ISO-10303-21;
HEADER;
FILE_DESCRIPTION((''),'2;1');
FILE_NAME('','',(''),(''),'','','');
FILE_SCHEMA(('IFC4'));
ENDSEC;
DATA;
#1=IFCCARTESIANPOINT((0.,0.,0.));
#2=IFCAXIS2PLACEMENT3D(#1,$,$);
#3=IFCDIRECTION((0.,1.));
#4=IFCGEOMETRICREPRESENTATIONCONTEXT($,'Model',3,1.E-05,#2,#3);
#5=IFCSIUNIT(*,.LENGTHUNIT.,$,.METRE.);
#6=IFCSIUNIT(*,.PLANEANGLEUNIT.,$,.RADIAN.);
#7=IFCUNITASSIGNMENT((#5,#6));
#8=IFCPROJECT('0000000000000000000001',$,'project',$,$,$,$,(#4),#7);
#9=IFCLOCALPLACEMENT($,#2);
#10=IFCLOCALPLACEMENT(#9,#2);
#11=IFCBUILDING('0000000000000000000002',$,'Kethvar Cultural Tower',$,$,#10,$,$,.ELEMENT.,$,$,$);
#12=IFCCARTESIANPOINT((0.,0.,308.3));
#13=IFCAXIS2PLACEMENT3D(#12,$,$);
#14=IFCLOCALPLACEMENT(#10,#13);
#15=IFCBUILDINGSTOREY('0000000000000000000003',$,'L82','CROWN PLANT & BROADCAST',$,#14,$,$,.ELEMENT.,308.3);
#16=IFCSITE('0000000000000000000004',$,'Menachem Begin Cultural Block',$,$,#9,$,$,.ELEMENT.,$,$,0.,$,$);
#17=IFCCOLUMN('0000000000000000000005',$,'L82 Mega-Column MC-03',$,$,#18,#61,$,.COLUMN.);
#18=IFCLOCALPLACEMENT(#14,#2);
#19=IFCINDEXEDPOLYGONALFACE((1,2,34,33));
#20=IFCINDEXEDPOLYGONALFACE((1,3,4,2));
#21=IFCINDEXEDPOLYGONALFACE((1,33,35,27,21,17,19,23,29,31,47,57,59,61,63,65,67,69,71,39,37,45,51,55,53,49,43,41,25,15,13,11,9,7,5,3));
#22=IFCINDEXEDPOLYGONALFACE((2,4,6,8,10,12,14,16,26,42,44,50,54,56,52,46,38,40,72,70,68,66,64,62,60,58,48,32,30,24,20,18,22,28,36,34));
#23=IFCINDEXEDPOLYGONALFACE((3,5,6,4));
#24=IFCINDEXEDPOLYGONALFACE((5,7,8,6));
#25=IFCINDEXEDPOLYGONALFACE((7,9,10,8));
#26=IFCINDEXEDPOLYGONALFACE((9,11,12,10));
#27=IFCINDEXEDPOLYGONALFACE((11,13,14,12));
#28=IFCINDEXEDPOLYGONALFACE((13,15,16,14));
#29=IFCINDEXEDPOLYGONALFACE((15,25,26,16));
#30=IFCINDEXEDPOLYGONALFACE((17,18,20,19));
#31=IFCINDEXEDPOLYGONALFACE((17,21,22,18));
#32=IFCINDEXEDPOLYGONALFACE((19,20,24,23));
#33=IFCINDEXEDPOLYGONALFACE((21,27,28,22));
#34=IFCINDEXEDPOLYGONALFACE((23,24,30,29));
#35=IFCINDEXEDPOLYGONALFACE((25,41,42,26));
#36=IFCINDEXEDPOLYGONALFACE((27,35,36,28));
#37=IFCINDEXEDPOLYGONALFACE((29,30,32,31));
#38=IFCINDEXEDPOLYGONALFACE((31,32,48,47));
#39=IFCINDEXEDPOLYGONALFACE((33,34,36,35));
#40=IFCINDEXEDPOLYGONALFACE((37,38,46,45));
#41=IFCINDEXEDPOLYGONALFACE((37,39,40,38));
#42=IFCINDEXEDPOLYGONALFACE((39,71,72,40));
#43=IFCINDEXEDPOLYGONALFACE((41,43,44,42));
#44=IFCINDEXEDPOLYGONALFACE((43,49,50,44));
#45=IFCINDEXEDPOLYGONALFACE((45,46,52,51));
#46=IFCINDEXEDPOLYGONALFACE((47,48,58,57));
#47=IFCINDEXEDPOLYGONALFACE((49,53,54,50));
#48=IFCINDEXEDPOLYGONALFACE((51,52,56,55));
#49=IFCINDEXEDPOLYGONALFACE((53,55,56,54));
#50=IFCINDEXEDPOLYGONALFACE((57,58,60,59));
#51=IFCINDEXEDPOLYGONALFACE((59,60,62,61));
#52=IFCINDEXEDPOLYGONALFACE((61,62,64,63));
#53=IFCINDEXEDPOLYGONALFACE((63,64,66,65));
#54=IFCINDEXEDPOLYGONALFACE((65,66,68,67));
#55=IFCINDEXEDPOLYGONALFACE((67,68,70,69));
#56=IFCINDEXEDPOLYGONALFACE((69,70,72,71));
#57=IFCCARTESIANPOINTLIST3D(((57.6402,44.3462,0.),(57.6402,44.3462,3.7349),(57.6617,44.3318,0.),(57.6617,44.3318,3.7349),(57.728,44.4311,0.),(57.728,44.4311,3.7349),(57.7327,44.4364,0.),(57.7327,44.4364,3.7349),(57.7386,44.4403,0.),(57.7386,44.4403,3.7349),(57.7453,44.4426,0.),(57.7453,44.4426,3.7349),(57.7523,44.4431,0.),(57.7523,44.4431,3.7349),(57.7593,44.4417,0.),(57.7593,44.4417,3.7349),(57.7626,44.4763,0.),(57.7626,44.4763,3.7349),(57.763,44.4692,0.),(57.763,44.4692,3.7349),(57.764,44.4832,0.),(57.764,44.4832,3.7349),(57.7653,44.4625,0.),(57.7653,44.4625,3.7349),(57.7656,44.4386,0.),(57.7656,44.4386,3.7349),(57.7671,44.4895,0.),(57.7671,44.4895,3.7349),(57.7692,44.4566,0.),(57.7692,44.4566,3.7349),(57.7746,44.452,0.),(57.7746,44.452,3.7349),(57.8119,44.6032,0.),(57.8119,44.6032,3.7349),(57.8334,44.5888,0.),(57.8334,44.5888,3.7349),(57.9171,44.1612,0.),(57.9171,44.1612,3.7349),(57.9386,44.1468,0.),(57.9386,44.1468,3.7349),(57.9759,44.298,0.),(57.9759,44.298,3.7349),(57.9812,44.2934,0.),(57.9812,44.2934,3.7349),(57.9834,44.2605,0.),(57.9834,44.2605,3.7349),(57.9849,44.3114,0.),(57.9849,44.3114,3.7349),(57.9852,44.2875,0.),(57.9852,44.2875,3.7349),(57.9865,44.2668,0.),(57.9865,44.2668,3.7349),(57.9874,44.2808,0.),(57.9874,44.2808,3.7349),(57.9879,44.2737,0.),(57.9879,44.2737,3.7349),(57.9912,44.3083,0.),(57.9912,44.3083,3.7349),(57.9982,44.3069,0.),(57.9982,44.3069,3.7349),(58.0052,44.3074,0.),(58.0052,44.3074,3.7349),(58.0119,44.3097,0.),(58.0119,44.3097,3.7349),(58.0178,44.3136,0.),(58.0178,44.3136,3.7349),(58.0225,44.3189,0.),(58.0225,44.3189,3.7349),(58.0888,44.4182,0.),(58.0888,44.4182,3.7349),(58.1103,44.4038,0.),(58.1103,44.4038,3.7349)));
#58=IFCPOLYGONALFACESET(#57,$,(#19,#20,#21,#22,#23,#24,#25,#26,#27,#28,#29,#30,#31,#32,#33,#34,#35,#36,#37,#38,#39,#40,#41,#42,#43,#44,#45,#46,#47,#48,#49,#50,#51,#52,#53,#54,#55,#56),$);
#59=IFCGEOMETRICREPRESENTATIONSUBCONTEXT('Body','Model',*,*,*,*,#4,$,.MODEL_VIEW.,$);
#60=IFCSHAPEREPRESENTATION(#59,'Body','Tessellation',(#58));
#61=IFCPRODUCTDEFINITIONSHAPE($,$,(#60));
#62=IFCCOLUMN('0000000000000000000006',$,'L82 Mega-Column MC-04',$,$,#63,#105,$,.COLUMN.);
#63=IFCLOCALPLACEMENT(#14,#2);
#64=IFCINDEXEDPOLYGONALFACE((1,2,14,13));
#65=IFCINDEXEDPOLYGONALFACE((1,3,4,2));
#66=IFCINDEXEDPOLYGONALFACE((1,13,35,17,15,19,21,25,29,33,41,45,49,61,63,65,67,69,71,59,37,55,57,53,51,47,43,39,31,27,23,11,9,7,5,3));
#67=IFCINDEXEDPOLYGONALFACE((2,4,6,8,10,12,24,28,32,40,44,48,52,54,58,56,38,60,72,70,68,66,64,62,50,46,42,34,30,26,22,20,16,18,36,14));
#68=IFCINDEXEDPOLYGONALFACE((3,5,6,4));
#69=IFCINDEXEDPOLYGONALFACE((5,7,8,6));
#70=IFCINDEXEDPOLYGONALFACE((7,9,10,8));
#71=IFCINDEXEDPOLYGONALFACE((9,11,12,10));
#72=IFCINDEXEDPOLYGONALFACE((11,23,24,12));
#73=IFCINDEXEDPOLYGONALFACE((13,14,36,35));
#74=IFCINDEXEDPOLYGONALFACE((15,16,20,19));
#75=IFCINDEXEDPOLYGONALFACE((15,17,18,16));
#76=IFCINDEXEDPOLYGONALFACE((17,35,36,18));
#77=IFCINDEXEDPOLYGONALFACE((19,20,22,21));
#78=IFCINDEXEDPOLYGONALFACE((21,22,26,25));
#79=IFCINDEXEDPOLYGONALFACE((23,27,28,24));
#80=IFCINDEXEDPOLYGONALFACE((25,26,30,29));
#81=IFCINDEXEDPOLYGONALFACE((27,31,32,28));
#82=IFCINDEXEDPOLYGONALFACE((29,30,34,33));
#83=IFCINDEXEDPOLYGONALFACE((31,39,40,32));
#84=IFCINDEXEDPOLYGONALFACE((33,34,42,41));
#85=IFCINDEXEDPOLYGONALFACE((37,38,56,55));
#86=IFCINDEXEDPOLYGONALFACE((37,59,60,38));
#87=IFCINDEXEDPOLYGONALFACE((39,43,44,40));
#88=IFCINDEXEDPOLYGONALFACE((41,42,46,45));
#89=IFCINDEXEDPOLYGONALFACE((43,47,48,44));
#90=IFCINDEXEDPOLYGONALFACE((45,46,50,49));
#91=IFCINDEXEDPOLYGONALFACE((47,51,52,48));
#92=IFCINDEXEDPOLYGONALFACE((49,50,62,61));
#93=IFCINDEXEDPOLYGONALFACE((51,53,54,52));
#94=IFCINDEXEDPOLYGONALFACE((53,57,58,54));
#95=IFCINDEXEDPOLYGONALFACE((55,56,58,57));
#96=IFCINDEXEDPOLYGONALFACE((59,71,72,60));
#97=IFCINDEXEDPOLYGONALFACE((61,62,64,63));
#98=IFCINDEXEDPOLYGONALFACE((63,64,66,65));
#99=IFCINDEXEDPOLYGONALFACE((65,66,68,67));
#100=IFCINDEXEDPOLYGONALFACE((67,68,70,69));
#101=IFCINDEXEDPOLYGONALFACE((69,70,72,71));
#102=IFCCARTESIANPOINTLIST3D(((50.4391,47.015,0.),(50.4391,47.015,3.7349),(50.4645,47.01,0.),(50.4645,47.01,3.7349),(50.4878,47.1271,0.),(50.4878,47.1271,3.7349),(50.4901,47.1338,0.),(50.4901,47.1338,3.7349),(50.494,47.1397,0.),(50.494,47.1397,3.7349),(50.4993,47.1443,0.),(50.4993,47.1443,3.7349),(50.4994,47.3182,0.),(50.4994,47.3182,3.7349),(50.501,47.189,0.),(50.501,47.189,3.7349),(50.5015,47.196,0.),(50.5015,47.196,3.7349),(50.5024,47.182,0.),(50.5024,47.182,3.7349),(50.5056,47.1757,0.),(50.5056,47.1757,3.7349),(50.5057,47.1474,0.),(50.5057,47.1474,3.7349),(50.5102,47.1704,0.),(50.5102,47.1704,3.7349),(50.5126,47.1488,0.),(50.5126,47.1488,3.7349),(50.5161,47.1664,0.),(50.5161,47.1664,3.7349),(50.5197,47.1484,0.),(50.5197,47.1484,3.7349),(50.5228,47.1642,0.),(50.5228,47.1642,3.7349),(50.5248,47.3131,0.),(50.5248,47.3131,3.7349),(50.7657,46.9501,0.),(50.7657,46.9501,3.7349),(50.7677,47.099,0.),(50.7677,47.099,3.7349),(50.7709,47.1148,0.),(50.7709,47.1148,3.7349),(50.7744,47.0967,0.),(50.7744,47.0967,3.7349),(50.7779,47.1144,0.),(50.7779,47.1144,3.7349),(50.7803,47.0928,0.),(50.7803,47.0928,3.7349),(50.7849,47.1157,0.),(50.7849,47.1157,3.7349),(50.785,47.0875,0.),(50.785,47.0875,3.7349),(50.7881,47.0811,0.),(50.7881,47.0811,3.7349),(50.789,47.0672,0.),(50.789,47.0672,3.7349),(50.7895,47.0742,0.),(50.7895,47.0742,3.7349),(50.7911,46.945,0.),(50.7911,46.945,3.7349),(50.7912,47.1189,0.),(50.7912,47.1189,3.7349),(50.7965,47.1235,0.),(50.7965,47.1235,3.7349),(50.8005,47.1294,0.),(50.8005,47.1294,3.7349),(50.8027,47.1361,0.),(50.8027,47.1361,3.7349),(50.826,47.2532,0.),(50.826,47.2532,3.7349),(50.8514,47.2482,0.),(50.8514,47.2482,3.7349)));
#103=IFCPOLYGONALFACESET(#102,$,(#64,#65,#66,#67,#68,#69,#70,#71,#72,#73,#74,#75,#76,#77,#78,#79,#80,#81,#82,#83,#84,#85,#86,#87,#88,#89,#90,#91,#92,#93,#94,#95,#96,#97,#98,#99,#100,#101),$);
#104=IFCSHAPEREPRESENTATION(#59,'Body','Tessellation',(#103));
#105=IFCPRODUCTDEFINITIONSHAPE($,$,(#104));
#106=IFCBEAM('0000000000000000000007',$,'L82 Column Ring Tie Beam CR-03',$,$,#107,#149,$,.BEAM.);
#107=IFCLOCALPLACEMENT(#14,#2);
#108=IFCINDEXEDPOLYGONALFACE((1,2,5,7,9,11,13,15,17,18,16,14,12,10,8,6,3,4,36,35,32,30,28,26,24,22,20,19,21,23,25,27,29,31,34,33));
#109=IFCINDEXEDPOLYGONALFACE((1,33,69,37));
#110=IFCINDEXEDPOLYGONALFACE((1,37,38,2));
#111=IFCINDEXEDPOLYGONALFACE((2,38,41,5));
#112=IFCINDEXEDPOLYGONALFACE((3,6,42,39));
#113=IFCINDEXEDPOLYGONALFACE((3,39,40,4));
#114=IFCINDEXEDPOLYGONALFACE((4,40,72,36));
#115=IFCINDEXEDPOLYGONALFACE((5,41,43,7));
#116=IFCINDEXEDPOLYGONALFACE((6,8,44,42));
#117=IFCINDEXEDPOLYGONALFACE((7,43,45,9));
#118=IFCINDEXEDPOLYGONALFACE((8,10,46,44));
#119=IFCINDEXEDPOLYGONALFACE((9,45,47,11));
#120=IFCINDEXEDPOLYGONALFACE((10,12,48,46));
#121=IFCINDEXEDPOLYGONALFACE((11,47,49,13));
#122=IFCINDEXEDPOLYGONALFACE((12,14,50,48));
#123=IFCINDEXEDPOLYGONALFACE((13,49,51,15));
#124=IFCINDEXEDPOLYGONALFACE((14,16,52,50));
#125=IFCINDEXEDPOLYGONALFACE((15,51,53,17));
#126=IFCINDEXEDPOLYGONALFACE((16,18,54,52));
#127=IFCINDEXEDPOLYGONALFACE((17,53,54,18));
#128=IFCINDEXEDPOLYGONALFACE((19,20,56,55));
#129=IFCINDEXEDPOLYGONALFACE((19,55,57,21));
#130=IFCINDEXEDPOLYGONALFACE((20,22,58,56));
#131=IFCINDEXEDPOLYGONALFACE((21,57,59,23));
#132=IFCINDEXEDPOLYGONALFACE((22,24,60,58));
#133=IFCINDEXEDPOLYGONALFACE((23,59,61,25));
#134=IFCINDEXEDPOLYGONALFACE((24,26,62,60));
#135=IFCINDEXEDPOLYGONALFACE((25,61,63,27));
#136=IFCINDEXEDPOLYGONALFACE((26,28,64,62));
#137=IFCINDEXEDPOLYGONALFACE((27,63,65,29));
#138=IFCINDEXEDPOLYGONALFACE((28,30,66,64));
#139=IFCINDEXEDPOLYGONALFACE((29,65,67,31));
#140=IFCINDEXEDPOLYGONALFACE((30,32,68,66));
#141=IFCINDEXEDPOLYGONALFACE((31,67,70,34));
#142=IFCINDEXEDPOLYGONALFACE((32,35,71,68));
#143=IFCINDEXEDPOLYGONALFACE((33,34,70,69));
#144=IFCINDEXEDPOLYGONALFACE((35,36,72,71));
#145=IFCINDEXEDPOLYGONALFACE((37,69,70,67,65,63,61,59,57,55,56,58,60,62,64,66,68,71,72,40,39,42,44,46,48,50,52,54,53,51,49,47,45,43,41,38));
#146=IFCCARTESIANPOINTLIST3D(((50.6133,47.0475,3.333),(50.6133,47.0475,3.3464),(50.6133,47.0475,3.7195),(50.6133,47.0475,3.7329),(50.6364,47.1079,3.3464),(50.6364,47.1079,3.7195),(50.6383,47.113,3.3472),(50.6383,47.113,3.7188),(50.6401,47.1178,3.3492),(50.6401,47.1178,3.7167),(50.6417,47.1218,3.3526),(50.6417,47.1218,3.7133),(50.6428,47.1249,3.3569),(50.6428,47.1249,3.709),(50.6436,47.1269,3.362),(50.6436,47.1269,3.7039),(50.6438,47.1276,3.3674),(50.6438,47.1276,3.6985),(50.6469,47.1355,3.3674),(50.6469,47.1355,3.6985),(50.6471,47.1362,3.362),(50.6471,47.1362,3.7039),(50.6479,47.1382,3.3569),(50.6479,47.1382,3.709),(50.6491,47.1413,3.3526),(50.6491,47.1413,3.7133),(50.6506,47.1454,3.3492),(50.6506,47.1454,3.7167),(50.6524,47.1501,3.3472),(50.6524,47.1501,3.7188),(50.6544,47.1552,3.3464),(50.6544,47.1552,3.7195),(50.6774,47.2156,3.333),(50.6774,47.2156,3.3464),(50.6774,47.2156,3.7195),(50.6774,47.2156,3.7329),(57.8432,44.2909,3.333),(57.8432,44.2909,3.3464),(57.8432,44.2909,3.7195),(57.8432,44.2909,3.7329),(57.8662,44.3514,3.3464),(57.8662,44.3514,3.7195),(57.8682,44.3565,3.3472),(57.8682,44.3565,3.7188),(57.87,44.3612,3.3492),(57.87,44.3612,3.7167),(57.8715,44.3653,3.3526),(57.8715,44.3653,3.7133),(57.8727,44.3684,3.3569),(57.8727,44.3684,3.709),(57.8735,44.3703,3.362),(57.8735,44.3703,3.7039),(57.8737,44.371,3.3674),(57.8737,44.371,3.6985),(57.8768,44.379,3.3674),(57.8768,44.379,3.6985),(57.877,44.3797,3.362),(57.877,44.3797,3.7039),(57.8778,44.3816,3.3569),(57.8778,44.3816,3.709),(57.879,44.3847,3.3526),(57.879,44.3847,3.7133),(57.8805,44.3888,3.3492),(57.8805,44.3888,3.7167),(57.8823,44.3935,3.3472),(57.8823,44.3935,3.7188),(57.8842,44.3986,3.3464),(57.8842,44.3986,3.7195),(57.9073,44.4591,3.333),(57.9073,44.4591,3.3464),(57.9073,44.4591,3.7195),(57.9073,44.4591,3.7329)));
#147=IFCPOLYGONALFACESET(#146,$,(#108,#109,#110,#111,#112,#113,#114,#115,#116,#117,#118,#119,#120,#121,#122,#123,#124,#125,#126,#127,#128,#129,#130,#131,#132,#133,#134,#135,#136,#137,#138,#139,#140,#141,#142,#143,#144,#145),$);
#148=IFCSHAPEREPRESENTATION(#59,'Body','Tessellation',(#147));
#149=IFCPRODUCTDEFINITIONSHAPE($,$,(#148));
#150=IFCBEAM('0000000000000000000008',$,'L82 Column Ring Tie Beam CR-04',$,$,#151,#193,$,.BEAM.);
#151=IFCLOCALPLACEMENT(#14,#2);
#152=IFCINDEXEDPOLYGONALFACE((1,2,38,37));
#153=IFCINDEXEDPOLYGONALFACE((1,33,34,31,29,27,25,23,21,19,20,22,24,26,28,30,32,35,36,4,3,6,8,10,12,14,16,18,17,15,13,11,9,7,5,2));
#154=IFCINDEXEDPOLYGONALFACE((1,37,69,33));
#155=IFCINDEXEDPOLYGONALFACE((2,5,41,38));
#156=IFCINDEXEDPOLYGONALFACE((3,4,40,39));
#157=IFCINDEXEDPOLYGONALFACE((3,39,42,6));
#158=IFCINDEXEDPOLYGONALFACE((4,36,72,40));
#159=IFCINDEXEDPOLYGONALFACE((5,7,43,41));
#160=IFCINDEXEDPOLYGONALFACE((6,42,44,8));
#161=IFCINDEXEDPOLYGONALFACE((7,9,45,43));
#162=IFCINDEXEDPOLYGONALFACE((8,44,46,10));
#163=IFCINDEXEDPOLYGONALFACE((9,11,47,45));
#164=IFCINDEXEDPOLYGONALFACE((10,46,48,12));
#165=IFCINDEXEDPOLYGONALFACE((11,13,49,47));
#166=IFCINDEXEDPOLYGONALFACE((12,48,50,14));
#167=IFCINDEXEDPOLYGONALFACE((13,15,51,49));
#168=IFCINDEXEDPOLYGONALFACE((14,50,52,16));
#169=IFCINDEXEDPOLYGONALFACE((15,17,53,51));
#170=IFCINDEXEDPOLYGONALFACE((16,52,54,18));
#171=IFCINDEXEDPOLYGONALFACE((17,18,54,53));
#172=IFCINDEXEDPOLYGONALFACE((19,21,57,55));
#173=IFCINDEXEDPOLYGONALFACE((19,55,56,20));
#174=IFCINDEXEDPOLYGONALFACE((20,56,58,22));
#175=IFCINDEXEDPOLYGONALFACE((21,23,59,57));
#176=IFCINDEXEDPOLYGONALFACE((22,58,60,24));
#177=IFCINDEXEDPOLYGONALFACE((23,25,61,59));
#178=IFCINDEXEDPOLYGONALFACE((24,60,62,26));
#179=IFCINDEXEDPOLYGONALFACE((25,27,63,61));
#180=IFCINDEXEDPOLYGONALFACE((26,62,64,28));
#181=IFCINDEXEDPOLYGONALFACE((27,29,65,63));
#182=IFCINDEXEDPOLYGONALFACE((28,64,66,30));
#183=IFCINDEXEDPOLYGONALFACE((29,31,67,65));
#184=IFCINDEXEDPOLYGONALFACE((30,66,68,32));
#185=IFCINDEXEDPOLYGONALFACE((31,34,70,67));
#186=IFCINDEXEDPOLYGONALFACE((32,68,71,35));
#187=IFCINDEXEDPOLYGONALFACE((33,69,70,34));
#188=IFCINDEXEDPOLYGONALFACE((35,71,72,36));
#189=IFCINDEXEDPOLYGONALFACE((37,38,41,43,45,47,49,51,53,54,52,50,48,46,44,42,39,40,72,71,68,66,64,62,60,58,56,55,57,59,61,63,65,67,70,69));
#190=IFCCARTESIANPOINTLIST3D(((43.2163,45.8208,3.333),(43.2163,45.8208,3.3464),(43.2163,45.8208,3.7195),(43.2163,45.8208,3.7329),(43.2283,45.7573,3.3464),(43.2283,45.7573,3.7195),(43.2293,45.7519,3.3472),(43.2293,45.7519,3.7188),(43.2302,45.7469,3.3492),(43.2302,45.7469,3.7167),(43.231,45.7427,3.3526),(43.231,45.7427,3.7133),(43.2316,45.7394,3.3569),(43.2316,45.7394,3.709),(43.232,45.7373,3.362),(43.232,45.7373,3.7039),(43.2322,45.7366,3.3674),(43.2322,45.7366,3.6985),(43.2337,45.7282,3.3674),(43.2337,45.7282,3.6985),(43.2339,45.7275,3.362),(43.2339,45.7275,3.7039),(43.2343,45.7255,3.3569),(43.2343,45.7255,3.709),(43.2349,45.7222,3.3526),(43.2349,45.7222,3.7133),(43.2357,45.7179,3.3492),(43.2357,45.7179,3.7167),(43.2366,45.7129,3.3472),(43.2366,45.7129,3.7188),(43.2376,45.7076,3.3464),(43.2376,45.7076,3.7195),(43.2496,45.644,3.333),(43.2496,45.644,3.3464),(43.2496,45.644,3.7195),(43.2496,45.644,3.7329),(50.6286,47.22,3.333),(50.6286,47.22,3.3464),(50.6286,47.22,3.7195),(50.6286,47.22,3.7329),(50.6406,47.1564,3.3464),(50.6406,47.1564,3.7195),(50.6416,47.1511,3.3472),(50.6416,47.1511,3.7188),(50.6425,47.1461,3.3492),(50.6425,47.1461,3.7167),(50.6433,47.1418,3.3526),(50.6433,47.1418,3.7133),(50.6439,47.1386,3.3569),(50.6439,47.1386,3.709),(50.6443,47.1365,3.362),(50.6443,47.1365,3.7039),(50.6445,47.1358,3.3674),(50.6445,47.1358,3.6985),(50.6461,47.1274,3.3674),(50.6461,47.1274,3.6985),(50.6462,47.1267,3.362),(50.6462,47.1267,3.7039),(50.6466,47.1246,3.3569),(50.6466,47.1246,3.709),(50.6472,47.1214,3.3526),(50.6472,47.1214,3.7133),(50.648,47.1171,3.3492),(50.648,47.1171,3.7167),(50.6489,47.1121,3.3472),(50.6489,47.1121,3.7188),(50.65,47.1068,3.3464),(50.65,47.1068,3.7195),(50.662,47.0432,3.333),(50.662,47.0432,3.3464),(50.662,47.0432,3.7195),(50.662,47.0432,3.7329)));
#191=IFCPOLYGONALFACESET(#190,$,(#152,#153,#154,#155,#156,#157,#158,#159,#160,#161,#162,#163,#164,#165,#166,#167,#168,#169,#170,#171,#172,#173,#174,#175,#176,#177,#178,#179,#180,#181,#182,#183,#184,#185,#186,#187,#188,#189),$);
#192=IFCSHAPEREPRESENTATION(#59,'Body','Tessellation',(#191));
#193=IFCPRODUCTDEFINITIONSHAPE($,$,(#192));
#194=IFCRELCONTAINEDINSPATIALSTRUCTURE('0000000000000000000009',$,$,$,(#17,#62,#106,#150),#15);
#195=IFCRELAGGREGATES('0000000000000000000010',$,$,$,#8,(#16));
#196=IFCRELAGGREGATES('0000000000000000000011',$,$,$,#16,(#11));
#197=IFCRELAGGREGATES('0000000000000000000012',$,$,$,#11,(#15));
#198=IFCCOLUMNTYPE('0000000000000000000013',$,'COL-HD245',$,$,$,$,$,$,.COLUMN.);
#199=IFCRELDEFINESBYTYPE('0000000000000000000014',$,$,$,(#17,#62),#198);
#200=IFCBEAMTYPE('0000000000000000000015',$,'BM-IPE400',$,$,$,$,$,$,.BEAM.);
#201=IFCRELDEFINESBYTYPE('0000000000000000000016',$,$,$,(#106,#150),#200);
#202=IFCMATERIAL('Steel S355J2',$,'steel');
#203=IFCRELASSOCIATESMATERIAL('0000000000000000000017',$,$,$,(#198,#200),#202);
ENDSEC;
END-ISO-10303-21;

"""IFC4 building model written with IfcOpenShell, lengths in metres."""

from ifc_helpers import new_model, si_unit, direction, frame, origin, origin_2d, place, context, subcontext, project, spatial, i_section, extrude, source, transform, mapped, material, material_profile, profile_set, type_object, element, save


model = new_model("IFC4")

# Units and contexts
model_context = context("Model", 3, precision=1e-05, world=origin(), true_north=direction((0.0, 1.0)))
body_context = subcontext(model_context, "Body", "Model", "MODEL_VIEW")
ifc_project = project(units=[si_unit("LENGTHUNIT", "METRE"), si_unit("PLANEANGLEUNIT", "RADIAN")], contexts=[model_context])

# Site, building, storey
site_placement = place(None, origin())
site = spatial("IfcSite", under=ifc_project, at=site_placement, Name="Menachem Begin Cultural Block", CompositionType="ELEMENT", RefElevation=0.0)
building_placement = place(site_placement, origin())
building = spatial("IfcBuilding", under=site, at=building_placement, Name="Kethvar Cultural Tower", CompositionType="ELEMENT")
storey_placement = place(building_placement, frame((0.0, 0.0, 308.3)))
storey = spatial("IfcBuildingStorey", under=building, at=storey_placement, Name="L82", Description="CROWN PLANT & BROADCAST", CompositionType="ELEMENT", Elevation=308.3)

# Columns
ifc_material_1 = material(Name="Steel S355J2", Category="steel")
ifc_material_profile_1 = material_profile(ifc_material_1, i_section(OverallWidth=0.3091, OverallDepth=0.3589, WebThickness=0.0161, FlangeThickness=0.0259, FilletRadius=0.0271, at=origin_2d()), Name="Steel S355J2 — HD320x245")
ifc_profile_set_1 = profile_set([ifc_material_profile_1], Name="Steel S355J2 — HD320x245")
column_type = type_object("IfcColumnType", Name="COL-HD245", PredefinedType="COLUMN", material=ifc_profile_set_1)
shared_shape_1 = source(origin(), body_context, "Body", "SweptSolid", [
    extrude(i_section(OverallWidth=0.3091, OverallDepth=0.3589, WebThickness=0.0161, FlangeThickness=0.0259, FilletRadius=0.0271, at=origin_2d()), origin(), (0.0, 0.0, 1.0), 3.7349),
])
for number, where, z_axis, x_axis, name in (
    (1, (57.8752, 44.375, 0.0), (0.0, 0.0, 1.0), (0.55557, 0.83147, 0.0), "L82 Mega-Column MC-03"),
    (2, (50.6453, 47.1316, 0.0), (0.0, 0.0, 1.0), (0.19509, 0.980785, 0.0), "L82 Mega-Column MC-04"),
):
    element("IfcColumn", number, at=place(storey_placement, frame(where, z_axis=z_axis, x_axis=x_axis)), inside=storey, type_object=column_type, Name=name, PredefinedType="COLUMN", context=body_context, shape_type="MappedRepresentation", body=[
        mapped(shared_shape_1, transform((0.0, 0.0, 0.0), scale=1.0)),
    ])

# Beams
ifc_material_profile_2 = material_profile(ifc_material_1, i_section(OverallWidth=0.1799, OverallDepth=0.3999, WebThickness=0.0085, FlangeThickness=0.0134, FilletRadius=0.021, at=origin_2d()), Name="Steel S355J2 — IPE400")
ifc_profile_set_2 = profile_set([ifc_material_profile_2], Name="Steel S355J2 — IPE400")
beam_type_1 = type_object("IfcBeamType", Name="BM-IPE400", PredefinedType="BEAM", material=ifc_profile_set_2)
shared_shape_2 = source(origin(), body_context, "Body", "SweptSolid", [
    extrude(i_section(OverallWidth=0.1799, OverallDepth=0.3999, WebThickness=0.0085, FlangeThickness=0.0134, FilletRadius=0.021, at=origin_2d()), origin(), (0.0, 0.0, 1.0), 7.7375),
])
beam_1_placement = place(storey_placement, frame((57.8752, 44.375, 3.533), z_axis=(-0.934388, 0.356256, 0.0), x_axis=(-0.356256, -0.934388, 0.0)))
element("IfcBeam", 3, at=beam_1_placement, inside=storey, type_object=beam_type_1, Name="L82 Column Ring Tie Beam CR-03", PredefinedType="BEAM", context=body_context, shape_type="MappedRepresentation", body=[
    mapped(shared_shape_2, transform((0.0, 0.0, 0.0), scale=1.0)),
])
shared_shape_3 = source(origin(), body_context, "Body", "SweptSolid", [
    extrude(i_section(OverallWidth=0.1799, OverallDepth=0.3999, WebThickness=0.0085, FlangeThickness=0.0134, FilletRadius=0.021, at=origin_2d()), origin(), (0.0, 0.0, 1.0), 7.5432),
])
beam_2_placement = place(storey_placement, frame((50.6453, 47.1316, 3.533), z_axis=(-0.982647, -0.185486, 0.0), x_axis=(0.185486, -0.982647, 0.0)))
element("IfcBeam", 4, at=beam_2_placement, inside=storey, type_object=beam_type_1, Name="L82 Column Ring Tie Beam CR-04", PredefinedType="BEAM", context=body_context, shape_type="MappedRepresentation", body=[
    mapped(shared_shape_3, transform((0.0, 0.0, 0.0), scale=1.0)),
])

save(model, "model.ifc")
